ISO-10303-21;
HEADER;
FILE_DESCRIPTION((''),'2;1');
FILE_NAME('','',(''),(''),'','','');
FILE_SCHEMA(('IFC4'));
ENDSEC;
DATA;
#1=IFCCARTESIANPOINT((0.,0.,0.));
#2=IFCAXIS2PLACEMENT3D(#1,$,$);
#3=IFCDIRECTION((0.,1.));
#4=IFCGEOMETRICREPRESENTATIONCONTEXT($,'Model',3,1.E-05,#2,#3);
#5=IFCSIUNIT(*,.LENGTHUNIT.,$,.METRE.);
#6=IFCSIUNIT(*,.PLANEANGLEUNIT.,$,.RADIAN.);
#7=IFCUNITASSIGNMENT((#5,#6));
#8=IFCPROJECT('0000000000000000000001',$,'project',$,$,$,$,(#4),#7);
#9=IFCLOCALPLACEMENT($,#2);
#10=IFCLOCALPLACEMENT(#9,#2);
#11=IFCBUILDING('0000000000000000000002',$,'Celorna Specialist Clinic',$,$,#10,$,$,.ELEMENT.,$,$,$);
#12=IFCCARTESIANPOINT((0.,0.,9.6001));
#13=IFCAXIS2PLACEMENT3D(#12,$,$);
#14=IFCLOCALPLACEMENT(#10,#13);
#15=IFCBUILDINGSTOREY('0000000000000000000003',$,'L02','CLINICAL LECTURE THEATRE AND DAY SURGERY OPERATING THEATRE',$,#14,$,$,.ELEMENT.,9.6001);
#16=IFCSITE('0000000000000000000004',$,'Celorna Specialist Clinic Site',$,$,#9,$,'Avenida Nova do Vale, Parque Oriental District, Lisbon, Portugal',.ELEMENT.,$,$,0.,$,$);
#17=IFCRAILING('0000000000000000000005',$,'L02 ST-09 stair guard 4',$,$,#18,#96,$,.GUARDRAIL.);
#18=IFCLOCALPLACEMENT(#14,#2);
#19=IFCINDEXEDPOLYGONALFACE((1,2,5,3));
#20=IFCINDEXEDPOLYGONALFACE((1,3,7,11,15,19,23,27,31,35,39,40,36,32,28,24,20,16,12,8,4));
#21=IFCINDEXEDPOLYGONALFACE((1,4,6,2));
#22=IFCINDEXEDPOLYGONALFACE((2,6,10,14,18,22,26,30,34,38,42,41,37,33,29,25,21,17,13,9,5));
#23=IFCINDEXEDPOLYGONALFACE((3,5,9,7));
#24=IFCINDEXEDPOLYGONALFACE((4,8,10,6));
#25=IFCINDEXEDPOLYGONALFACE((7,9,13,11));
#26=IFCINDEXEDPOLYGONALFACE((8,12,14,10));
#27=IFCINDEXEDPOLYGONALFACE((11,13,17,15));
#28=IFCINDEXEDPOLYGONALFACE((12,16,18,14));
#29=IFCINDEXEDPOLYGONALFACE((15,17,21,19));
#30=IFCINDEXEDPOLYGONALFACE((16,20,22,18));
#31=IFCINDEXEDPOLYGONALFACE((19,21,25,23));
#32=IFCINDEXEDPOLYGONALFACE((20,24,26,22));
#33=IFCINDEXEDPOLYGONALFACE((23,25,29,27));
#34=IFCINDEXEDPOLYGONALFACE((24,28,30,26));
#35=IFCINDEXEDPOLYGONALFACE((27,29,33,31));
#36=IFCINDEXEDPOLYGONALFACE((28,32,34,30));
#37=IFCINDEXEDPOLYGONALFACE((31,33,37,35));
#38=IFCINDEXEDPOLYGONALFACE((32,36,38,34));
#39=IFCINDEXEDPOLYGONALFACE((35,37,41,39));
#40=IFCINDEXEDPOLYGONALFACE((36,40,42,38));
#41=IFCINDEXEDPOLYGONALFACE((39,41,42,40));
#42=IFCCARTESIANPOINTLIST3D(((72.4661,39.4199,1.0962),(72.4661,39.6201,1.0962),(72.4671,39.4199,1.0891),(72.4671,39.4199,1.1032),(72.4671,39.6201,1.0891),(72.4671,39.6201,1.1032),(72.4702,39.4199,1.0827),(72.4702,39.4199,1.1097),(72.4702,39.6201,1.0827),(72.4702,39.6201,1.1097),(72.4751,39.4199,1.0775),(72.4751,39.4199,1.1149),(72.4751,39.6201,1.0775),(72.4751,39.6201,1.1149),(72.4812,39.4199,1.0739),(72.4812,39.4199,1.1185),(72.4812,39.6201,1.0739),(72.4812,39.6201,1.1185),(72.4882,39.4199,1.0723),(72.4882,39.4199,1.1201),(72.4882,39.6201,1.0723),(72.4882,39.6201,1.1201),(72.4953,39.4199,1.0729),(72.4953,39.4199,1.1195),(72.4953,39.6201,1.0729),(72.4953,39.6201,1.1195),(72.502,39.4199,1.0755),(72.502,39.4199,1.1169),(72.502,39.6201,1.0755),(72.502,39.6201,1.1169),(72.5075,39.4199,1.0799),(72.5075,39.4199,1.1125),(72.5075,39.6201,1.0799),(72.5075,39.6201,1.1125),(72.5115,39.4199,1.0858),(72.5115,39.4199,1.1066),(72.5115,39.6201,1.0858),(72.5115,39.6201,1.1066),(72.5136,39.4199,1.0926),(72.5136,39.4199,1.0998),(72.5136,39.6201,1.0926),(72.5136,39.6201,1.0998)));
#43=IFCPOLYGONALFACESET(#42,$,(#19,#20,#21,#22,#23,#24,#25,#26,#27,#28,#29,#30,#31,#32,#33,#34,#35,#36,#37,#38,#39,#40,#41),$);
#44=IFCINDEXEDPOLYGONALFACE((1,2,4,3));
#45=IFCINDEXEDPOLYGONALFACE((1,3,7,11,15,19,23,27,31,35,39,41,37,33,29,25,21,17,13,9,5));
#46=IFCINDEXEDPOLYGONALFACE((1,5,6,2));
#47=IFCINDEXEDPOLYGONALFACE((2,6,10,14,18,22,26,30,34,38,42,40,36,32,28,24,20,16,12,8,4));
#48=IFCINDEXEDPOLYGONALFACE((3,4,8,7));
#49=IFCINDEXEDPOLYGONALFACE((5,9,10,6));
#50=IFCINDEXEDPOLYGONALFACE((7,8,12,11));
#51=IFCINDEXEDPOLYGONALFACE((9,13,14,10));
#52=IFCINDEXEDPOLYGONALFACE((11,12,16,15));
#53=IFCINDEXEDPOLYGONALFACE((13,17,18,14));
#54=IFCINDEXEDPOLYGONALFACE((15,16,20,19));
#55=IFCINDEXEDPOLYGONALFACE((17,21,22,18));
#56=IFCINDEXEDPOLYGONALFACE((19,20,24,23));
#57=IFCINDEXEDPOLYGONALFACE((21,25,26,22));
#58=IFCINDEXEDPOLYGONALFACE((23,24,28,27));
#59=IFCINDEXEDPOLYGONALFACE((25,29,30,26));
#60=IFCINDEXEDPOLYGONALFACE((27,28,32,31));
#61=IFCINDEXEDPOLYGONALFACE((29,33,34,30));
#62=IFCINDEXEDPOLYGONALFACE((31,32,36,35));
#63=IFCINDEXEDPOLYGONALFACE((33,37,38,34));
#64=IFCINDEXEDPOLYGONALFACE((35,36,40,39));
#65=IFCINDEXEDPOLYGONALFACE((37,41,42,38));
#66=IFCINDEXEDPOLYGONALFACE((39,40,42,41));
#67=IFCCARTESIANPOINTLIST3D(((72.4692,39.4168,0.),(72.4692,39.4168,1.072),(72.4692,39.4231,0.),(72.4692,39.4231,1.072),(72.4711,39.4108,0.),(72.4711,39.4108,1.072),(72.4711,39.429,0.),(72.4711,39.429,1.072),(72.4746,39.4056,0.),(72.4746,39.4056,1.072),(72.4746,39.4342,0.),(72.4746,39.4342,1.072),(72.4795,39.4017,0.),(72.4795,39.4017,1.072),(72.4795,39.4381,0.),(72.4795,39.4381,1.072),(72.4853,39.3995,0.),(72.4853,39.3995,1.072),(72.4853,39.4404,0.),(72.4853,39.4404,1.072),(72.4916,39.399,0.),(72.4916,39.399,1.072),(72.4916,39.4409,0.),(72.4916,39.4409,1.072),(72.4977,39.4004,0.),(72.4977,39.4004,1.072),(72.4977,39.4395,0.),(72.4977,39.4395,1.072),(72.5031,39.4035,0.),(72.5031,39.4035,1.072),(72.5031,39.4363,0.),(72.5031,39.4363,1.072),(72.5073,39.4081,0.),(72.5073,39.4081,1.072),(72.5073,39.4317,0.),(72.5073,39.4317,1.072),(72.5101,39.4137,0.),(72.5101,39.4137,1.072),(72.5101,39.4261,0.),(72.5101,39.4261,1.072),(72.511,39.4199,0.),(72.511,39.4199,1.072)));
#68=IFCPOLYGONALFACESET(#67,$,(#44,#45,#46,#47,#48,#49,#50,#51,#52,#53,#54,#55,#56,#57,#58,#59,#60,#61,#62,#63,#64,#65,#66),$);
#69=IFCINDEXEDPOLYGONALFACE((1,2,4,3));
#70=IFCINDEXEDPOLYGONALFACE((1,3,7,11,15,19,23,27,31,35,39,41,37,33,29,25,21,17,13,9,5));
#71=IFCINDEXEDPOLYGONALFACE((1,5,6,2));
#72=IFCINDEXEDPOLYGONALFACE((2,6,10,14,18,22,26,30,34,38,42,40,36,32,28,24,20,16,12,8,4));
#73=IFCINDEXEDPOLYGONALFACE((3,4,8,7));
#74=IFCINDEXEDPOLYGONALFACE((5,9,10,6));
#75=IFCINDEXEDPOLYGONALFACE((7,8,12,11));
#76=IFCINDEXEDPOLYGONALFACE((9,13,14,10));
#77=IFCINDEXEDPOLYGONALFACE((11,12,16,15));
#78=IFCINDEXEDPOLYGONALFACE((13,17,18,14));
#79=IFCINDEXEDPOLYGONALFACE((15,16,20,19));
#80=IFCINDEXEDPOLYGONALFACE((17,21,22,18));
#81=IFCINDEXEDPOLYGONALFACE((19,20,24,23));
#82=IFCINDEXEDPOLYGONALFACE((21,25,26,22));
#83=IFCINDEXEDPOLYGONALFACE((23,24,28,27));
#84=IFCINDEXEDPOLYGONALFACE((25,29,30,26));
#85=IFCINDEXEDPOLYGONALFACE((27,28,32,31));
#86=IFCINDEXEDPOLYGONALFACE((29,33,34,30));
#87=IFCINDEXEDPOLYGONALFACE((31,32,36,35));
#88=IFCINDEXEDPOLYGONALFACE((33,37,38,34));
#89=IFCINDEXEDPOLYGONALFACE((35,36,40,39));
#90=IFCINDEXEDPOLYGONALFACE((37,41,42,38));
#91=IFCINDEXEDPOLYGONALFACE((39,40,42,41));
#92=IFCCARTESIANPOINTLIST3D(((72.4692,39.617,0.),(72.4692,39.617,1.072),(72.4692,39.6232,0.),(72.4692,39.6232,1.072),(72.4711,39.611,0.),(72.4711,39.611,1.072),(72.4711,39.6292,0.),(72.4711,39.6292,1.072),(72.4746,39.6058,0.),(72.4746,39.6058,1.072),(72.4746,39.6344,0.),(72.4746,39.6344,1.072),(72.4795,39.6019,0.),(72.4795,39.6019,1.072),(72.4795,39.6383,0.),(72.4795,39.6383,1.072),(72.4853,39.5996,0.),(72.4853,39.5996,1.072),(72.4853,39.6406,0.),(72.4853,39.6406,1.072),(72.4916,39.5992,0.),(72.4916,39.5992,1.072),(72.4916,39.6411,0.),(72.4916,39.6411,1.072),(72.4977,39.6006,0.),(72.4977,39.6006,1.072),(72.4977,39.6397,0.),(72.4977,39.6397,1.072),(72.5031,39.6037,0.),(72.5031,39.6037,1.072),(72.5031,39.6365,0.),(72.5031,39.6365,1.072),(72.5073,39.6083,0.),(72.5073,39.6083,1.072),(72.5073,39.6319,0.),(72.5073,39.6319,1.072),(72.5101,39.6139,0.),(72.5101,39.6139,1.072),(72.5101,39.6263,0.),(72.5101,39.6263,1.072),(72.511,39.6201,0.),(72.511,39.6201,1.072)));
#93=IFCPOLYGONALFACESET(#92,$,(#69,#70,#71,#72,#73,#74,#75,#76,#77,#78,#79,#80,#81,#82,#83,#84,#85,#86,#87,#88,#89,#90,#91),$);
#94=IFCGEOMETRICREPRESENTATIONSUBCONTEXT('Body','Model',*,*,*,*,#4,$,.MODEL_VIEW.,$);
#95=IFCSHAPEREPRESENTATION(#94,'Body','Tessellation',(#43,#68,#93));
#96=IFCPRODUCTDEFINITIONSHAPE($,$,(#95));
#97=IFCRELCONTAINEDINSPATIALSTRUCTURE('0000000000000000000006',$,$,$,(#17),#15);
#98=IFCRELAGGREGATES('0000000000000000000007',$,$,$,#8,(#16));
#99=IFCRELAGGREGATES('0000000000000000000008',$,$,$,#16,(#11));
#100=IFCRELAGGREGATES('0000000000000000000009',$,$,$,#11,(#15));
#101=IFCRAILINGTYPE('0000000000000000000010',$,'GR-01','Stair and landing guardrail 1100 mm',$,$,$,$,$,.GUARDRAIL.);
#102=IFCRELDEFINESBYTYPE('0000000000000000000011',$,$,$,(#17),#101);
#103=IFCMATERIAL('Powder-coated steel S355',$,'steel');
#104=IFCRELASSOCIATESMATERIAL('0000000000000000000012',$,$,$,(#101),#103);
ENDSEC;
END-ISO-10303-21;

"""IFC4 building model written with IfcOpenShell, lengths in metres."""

from ifc_helpers import new_model, si_unit, direction, frame, origin, origin_2d, place, context, subcontext, project, spatial, circle, extrude, material, type_object, element, save


model = new_model("IFC4")

# Units and contexts
model_context = context("Model", 3, precision=1e-05, world=origin(), true_north=direction((0.0, 1.0)))
body_context = subcontext(model_context, "Body", "Model", "MODEL_VIEW")
ifc_project = project(units=[si_unit("LENGTHUNIT", "METRE"), si_unit("PLANEANGLEUNIT", "RADIAN")], contexts=[model_context])

# Site, building, storey
site_placement = place(None, origin())
site = spatial("IfcSite", under=ifc_project, at=site_placement, Name="Celorna Specialist Clinic Site", LongName="Avenida Nova do Vale, Parque Oriental District, Lisbon, Portugal", CompositionType="ELEMENT", RefElevation=0.0)
building_placement = place(site_placement, origin())
building = spatial("IfcBuilding", under=site, at=building_placement, Name="Celorna Specialist Clinic", CompositionType="ELEMENT")
storey_placement = place(building_placement, frame((0.0, 0.0, 9.6001)))
storey = spatial("IfcBuildingStorey", under=building, at=storey_placement, Name="L02", Description="CLINICAL LECTURE THEATRE AND DAY SURGERY OPERATING THEATRE", CompositionType="ELEMENT", Elevation=9.6001)

# Railing
ifc_material_1 = material(Name="Powder-coated steel S355", Category="steel")
railing_type_1 = type_object("IfcRailingType", Name="GR-01", Description="Stair and landing guardrail 1100 mm", PredefinedType="GUARDRAIL", material=ifc_material_1)
railing_1_placement = place(storey_placement, frame((72.49, 39.4199, 0.0)))
element("IfcRailing", 1, at=railing_1_placement, inside=storey, type_object=railing_type_1, Name="L02 ST-09 stair guard 4", PredefinedType="GUARDRAIL", context=body_context, shape_type="SweptSolid", body=[
    extrude(circle(Radius=0.0239, at=origin_2d()), frame((0.0, 0.0, 1.0962), z_axis=(0.0, 1.0, 0.0), x_axis=(-1.0, 0.0, 0.0)), (0.0, 0.0, 1.0), 0.2002),
    extrude(circle(Radius=0.021, at=origin_2d()), origin(), (0.0, 0.0, 1.0), 1.072),
    extrude(circle(Radius=0.021, at=origin_2d()), frame((0.0, 0.2002, 0.0)), (0.0, 0.0, 1.0), 1.072),
])

save(model, "model.ifc")
